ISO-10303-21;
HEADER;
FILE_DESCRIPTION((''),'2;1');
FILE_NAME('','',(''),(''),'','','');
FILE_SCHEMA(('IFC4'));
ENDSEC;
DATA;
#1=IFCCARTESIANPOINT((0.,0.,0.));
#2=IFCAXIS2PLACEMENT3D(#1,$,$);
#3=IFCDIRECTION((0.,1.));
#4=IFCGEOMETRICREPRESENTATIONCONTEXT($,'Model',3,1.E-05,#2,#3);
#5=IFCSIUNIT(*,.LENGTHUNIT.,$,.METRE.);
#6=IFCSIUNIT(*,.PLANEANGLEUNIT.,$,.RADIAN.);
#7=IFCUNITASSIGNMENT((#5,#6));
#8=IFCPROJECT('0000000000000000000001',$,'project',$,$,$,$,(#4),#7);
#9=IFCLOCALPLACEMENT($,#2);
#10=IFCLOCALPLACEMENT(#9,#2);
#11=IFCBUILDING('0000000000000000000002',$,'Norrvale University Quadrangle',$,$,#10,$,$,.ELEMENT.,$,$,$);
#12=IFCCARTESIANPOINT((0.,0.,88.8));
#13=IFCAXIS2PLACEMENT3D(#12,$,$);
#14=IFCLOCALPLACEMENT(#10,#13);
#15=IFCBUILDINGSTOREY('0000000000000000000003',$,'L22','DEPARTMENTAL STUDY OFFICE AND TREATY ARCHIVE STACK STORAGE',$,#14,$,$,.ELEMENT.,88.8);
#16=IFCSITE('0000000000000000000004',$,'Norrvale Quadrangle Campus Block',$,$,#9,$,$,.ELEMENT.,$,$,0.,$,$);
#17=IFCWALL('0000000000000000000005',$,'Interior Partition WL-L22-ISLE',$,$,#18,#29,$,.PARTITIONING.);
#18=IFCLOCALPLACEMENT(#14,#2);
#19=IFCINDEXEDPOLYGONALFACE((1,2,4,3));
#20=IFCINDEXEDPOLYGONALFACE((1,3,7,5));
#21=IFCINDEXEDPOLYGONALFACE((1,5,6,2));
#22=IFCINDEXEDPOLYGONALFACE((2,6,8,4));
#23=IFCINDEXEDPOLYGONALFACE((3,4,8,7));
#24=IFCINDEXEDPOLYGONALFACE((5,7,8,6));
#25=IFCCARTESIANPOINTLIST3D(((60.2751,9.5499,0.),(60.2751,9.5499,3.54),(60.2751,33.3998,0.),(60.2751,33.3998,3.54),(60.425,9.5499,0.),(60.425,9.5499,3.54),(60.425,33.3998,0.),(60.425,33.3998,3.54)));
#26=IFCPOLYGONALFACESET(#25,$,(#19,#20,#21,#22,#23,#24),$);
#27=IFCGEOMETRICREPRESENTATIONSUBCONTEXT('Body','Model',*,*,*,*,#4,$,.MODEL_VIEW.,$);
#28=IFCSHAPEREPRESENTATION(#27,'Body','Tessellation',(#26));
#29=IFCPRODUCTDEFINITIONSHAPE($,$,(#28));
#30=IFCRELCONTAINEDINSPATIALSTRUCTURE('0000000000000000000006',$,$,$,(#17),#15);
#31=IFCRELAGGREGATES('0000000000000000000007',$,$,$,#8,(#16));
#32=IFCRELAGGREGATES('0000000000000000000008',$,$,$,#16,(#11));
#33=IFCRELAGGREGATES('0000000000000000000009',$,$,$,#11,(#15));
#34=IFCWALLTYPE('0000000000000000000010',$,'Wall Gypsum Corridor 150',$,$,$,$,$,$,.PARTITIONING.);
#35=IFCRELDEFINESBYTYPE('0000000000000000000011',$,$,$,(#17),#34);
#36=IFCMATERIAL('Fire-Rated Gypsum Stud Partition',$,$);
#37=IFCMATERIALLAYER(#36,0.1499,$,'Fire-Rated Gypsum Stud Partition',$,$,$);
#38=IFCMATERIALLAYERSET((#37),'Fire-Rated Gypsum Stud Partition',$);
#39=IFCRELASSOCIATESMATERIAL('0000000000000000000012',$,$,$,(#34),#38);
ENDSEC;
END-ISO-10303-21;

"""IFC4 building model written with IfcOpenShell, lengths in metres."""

from ifc_helpers import new_model, si_unit, direction, frame, frame_2d, origin, place, context, subcontext, project, spatial, rectangle, extrude, material, layer, layer_set, type_object, element, save


model = new_model("IFC4")

# Units and contexts
model_context = context("Model", 3, precision=1e-05, world=origin(), true_north=direction((0.0, 1.0)))
body_context = subcontext(model_context, "Body", "Model", "MODEL_VIEW")
ifc_project = project(units=[si_unit("LENGTHUNIT", "METRE"), si_unit("PLANEANGLEUNIT", "RADIAN")], contexts=[model_context])

# Site, building, storey
site_placement = place(None, origin())
site = spatial("IfcSite", under=ifc_project, at=site_placement, Name="Norrvale Quadrangle Campus Block", CompositionType="ELEMENT", RefElevation=0.0)
building_placement = place(site_placement, origin())
building = spatial("IfcBuilding", under=site, at=building_placement, Name="Norrvale University Quadrangle", CompositionType="ELEMENT")
storey_placement = place(building_placement, frame((0.0, 0.0, 88.8)))
storey = spatial("IfcBuildingStorey", under=building, at=storey_placement, Name="L22", Description="DEPARTMENTAL STUDY OFFICE AND TREATY ARCHIVE STACK STORAGE", CompositionType="ELEMENT", Elevation=88.8)

# Shared definitions
ifc_material_1 = material(Name="Fire-Rated Gypsum Stud Partition")
ifc_layer_1 = layer(ifc_material_1, 0.1499, Name="Fire-Rated Gypsum Stud Partition")
ifc_layer_set_1 = layer_set([ifc_layer_1], Name="Fire-Rated Gypsum Stud Partition")
wall_type_1 = type_object("IfcWallType", Name="Wall Gypsum Corridor 150", PredefinedType="PARTITIONING", material=ifc_layer_set_1)

# Wall
wall_1_placement = place(storey_placement, frame((60.3501, 9.55, 0.0), z_axis=(0.0, 0.0, 1.0), x_axis=(0.0, 1.0, 0.0)))
element("IfcWall", 1, at=wall_1_placement, inside=storey, type_object=wall_type_1, Name="Interior Partition WL-L22-ISLE", PredefinedType="PARTITIONING", context=body_context, shape_type="SweptSolid", body=[
    extrude(rectangle(XDim=23.8499, YDim=0.1499, at=frame_2d((11.9248, 0.0))), origin(), (0.0, 0.0, 1.0), 3.54),
])

save(model, "model.ifc")
